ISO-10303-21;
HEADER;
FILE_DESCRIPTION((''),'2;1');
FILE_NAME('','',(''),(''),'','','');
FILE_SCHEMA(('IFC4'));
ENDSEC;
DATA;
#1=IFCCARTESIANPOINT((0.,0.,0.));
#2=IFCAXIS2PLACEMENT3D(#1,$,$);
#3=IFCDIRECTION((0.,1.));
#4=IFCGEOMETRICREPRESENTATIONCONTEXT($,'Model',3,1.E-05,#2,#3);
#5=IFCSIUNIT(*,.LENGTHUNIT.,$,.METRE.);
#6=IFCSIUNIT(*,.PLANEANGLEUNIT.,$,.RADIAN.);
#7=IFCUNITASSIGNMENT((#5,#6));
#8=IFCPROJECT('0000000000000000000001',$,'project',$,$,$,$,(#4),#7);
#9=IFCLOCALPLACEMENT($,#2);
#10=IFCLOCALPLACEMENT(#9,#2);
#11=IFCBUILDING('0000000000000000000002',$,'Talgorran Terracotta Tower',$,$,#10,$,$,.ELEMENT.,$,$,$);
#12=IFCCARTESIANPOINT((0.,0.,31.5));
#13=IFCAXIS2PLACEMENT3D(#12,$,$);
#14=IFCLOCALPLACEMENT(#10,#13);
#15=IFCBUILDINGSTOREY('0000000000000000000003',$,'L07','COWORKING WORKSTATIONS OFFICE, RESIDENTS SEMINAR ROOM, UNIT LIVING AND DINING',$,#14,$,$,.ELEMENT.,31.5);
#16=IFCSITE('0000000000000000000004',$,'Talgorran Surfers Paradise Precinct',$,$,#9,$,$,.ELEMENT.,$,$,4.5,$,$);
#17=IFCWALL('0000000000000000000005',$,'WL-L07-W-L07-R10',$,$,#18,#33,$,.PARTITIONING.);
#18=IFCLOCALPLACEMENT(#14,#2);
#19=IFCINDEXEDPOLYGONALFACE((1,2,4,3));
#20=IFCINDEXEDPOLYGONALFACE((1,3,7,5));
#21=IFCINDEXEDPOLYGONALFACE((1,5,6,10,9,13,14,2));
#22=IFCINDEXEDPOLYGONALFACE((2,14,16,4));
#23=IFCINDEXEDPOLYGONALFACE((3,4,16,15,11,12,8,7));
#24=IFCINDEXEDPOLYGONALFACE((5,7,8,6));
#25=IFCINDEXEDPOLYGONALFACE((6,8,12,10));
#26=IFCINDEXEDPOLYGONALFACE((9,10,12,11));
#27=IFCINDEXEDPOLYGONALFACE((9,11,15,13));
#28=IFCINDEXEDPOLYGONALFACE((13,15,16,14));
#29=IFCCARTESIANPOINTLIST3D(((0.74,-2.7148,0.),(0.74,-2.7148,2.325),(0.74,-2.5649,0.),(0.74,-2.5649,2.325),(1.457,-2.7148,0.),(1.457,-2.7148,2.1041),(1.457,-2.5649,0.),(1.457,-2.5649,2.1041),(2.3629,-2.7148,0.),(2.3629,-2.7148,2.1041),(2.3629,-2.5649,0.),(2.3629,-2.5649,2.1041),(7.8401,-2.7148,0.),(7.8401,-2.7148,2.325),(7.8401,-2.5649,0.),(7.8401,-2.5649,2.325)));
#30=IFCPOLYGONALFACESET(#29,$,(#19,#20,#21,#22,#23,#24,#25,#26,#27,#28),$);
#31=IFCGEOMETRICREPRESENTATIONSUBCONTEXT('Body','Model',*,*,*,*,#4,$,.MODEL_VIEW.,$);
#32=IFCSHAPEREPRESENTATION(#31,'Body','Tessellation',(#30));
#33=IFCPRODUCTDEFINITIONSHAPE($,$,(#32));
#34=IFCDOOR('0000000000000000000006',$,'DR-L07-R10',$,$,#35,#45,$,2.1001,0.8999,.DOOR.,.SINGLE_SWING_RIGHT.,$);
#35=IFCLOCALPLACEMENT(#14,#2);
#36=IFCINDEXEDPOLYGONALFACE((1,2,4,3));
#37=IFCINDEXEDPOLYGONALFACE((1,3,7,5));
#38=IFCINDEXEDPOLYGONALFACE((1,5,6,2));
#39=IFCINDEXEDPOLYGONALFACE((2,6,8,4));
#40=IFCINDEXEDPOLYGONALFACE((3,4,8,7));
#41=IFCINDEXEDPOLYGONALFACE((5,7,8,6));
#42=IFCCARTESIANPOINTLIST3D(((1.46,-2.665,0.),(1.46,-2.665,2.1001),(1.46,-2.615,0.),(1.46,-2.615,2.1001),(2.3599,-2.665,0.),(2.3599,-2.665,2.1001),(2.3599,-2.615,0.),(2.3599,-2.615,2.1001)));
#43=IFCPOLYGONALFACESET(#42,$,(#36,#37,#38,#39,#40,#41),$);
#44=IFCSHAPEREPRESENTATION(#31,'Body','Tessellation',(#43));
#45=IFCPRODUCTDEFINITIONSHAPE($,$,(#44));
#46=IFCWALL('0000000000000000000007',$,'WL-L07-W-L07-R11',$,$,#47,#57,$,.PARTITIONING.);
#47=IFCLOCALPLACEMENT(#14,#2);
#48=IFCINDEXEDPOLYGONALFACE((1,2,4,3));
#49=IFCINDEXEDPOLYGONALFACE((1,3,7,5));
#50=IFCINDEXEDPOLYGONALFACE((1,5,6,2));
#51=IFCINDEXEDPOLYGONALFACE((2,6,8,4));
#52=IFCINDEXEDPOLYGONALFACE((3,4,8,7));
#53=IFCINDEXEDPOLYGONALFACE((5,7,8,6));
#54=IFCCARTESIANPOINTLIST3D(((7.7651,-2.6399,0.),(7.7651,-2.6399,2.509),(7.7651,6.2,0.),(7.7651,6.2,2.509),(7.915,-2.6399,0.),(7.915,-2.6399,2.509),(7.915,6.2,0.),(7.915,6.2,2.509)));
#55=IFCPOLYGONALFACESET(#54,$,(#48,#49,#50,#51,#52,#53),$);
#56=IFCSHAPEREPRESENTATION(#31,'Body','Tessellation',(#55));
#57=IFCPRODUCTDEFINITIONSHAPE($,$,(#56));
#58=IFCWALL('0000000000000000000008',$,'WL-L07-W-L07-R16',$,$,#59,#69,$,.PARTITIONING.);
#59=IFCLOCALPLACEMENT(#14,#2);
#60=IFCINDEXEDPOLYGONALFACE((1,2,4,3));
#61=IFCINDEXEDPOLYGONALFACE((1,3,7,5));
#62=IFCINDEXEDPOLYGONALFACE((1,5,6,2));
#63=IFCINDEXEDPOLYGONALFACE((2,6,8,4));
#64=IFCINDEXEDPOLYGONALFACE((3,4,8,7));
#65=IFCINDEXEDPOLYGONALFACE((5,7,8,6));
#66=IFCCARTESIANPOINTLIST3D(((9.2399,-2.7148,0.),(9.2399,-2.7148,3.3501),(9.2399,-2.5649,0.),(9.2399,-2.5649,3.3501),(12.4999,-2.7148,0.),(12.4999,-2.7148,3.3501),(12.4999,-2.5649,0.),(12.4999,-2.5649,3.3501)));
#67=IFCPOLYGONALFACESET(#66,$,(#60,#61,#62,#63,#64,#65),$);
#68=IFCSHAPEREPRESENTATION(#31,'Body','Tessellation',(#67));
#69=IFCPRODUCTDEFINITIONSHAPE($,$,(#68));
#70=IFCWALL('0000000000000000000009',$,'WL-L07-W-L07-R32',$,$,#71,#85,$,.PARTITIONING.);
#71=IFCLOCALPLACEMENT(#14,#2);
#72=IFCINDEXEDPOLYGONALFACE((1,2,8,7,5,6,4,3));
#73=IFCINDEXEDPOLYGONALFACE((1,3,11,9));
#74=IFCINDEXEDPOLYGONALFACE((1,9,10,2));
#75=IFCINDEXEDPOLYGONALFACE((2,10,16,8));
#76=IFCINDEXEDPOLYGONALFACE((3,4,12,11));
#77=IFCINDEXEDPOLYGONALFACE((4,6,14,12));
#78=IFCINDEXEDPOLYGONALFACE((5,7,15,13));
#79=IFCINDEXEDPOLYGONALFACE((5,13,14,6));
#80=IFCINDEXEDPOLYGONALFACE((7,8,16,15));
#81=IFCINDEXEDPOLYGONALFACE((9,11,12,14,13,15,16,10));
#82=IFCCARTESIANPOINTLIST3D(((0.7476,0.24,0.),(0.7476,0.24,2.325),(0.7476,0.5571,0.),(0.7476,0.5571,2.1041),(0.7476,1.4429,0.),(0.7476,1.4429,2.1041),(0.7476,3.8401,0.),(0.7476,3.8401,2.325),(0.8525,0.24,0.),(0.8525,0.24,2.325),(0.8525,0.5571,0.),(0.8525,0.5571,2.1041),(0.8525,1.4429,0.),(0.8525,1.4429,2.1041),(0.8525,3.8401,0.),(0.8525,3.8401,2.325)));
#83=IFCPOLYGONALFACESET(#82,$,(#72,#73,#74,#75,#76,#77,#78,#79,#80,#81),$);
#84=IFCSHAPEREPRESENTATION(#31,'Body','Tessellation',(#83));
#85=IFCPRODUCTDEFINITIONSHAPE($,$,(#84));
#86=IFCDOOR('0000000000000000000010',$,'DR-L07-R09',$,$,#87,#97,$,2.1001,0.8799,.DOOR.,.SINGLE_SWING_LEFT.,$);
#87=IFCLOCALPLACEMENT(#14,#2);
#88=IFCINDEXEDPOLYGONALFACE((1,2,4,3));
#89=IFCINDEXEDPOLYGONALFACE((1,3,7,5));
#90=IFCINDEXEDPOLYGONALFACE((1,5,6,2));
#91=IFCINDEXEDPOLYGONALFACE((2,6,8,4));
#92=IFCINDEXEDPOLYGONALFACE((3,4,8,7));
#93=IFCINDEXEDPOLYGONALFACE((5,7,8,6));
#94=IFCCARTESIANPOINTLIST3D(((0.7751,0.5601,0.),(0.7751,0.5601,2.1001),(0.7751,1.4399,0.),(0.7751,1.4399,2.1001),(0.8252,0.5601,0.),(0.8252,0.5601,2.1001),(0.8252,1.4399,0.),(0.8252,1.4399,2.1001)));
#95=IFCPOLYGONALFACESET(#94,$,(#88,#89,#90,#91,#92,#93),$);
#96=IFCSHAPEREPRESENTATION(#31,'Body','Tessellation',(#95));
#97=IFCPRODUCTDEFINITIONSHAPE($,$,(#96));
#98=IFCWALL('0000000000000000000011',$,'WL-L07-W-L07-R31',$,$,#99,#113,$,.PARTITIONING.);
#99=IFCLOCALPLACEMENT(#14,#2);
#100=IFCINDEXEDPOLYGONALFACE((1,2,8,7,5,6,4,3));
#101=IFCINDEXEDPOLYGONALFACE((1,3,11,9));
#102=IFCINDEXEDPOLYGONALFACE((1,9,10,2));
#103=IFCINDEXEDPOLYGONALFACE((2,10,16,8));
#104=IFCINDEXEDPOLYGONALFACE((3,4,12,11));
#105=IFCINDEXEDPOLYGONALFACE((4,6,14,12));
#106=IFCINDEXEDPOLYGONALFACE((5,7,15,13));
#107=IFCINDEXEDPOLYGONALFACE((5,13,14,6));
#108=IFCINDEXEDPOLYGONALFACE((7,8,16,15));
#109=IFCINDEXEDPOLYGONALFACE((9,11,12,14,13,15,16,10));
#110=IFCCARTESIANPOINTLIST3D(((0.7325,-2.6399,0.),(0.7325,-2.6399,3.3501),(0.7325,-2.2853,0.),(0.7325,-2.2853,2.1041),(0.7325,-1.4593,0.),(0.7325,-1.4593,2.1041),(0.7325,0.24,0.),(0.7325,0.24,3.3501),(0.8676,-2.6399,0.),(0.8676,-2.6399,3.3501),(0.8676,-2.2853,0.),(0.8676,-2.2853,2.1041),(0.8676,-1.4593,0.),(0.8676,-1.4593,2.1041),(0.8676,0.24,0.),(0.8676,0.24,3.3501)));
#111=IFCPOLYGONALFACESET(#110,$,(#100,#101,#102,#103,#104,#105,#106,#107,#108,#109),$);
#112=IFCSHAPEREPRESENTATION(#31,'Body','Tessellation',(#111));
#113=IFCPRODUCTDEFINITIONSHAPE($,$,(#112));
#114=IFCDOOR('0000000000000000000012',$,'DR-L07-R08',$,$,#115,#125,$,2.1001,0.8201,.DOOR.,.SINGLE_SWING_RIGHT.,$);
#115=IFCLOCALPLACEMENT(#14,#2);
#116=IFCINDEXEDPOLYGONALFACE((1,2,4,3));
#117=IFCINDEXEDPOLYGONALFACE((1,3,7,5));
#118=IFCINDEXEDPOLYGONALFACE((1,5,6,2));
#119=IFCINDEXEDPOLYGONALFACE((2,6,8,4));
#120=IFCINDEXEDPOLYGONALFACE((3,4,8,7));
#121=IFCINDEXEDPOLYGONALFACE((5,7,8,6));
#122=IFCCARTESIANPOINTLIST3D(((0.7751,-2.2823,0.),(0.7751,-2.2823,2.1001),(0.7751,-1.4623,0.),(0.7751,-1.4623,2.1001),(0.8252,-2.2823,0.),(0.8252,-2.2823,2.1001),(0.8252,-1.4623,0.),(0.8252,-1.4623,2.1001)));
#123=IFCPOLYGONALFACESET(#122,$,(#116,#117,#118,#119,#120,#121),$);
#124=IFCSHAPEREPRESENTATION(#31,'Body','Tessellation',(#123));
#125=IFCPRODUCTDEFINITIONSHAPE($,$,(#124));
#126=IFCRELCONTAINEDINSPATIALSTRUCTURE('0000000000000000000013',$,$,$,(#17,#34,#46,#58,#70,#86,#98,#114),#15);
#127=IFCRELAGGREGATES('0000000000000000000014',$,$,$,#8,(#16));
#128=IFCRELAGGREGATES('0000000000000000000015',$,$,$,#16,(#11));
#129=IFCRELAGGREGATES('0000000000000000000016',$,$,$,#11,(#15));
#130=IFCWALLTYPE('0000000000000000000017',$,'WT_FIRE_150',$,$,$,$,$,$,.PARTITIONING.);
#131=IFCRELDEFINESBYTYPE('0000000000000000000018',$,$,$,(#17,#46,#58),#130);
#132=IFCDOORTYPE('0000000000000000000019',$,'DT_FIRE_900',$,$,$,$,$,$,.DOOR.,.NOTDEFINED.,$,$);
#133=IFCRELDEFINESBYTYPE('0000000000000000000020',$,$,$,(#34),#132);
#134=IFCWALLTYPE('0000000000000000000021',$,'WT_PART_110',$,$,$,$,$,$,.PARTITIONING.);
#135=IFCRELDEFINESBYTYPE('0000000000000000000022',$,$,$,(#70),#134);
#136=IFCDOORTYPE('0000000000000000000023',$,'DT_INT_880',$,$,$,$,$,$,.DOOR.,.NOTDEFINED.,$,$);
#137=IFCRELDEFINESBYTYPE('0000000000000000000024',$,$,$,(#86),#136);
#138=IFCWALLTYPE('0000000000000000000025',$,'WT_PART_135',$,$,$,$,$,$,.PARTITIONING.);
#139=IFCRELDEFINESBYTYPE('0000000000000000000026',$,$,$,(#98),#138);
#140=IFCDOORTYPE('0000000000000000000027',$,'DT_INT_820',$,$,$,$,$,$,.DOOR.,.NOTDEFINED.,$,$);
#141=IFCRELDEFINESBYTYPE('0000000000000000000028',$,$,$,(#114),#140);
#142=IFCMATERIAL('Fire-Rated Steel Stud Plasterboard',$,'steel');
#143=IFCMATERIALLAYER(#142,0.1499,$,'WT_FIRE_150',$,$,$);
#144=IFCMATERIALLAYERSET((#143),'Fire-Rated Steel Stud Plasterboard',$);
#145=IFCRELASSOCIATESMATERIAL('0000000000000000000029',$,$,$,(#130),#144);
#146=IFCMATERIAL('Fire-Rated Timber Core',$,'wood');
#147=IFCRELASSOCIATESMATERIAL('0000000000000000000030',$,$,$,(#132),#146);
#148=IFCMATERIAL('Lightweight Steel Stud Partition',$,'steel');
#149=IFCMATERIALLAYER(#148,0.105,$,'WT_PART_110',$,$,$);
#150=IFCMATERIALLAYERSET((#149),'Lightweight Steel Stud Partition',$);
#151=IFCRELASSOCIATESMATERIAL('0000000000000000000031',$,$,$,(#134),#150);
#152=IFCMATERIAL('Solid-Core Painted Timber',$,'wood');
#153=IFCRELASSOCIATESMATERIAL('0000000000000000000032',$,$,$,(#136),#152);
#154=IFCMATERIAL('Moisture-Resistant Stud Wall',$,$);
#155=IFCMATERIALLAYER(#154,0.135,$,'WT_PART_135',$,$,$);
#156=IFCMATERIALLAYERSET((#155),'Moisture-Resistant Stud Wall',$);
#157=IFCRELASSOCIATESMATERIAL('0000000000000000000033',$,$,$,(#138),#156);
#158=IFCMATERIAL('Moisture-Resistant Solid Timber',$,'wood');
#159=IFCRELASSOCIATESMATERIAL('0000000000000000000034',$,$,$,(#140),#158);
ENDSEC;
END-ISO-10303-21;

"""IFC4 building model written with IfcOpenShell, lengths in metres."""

from ifc_helpers import new_model, si_unit, direction, frame, frame_2d, origin, place, context, subcontext, project, spatial, rectangle, extrude, material, layer, layer_set, type_object, element, fill, save


model = new_model("IFC4")

# Units and contexts
model_context = context("Model", 3, precision=1e-05, world=origin(), true_north=direction((0.0, 1.0)))
body_context = subcontext(model_context, "Body", "Model", "MODEL_VIEW")
ifc_project = project(units=[si_unit("LENGTHUNIT", "METRE"), si_unit("PLANEANGLEUNIT", "RADIAN")], contexts=[model_context])

# Site, building, storey
site_placement = place(None, origin())
site = spatial("IfcSite", under=ifc_project, at=site_placement, Name="Talgorran Surfers Paradise Precinct", CompositionType="ELEMENT", RefElevation=4.5)
building_placement = place(site_placement, origin())
building = spatial("IfcBuilding", under=site, at=building_placement, Name="Talgorran Terracotta Tower", CompositionType="ELEMENT")
storey_placement = place(building_placement, frame((0.0, 0.0, 31.5)))
storey = spatial("IfcBuildingStorey", under=building, at=storey_placement, Name="L07", Description="COWORKING WORKSTATIONS OFFICE, RESIDENTS SEMINAR ROOM, UNIT LIVING AND DINING", CompositionType="ELEMENT", Elevation=31.5)

# Wall, opening, door
ifc_material_1 = material(Name="Fire-Rated Steel Stud Plasterboard", Category="steel")
ifc_layer_1 = layer(ifc_material_1, 0.1499, Name="WT_FIRE_150")
ifc_layer_set_1 = layer_set([ifc_layer_1], Name="Fire-Rated Steel Stud Plasterboard")
wall_type_1 = type_object("IfcWallType", Name="WT_FIRE_150", PredefinedType="PARTITIONING", material=ifc_layer_set_1)
ifc_material_2 = material(Name="Fire-Rated Timber Core", Category="wood")
door_type_1 = type_object("IfcDoorType", Name="DT_FIRE_900", OperationType="NOTDEFINED", PredefinedType="DOOR", material=ifc_material_2)
wall_1_placement = place(storey_placement, frame((0.74, -2.6399, 0.0), z_axis=(0.0, 0.0, 1.0), x_axis=(1.0, 0.0, 0.0)))
wall_1 = element("IfcWall", 1, at=wall_1_placement, inside=storey, type_object=wall_type_1, Name="WL-L07-W-L07-R10", PredefinedType="PARTITIONING", context=body_context, shape_type="SweptSolid", body=[
    extrude(rectangle(XDim=7.1001, YDim=0.1499, at=frame_2d((3.55, 0.0))), origin(), (0.0, 0.0, 1.0), 2.325),
])
opening_1_placement = place(wall_1_placement, frame((0.72, 0.0, 0.0)))
opening_1 = element("IfcOpeningElement", 2, at=opening_1_placement, cuts=wall_1, PredefinedType="OPENING", context=body_context, shape_type="SweptSolid", body=[
    extrude(rectangle(XDim=0.9059, YDim=2.1041, at=frame_2d((0.45, 1.052))), frame((0.0, 0.085, 0.0), z_axis=(0.0, -1.0, 0.0), x_axis=(1.0, 0.0, 0.0)), (0.0, 0.0, 1.0), 0.1699),
])
door_1_placement = place(opening_1_placement, origin())
door_1 = element("IfcDoor", 3, at=door_1_placement, inside=storey, type_object=door_type_1, Name="DR-L07-R10", OperationType="SINGLE_SWING_RIGHT", OverallHeight=2.1001, OverallWidth=0.8999, PredefinedType="DOOR", context=body_context, shape_type="SweptSolid", body=[
    extrude(rectangle(XDim=0.8999, YDim=2.1001, at=frame_2d((0.45, 1.05))), frame((0.0, 0.0249, 0.0), z_axis=(0.0, -1.0, 0.0), x_axis=(1.0, 0.0, 0.0)), (0.0, 0.0, 1.0), 0.05),
])
fill(opening_1, door_1)

# Walls
wall_2_placement = place(storey_placement, frame((7.8401, -2.6399, 0.0), z_axis=(0.0, 0.0, 1.0), x_axis=(0.0, 1.0, 0.0)))
element("IfcWall", 4, at=wall_2_placement, inside=storey, type_object=wall_type_1, Name="WL-L07-W-L07-R11", PredefinedType="PARTITIONING", context=body_context, shape_type="SweptSolid", body=[
    extrude(rectangle(XDim=8.8398, YDim=0.1499, at=frame_2d((4.4199, 0.0))), origin(), (0.0, 0.0, 1.0), 2.509),
])
wall_3_placement = place(storey_placement, frame((9.24, -2.6399, 0.0), z_axis=(0.0, 0.0, 1.0), x_axis=(1.0, 0.0, 0.0)))
element("IfcWall", 5, at=wall_3_placement, inside=storey, type_object=wall_type_1, Name="WL-L07-W-L07-R16", PredefinedType="PARTITIONING", context=body_context, shape_type="SweptSolid", body=[
    extrude(rectangle(XDim=3.26, YDim=0.1499, at=frame_2d((1.6299, 0.0))), origin(), (0.0, 0.0, 1.0), 3.3501),
])

# Walls, openings, doors
ifc_material_3 = material(Name="Lightweight Steel Stud Partition", Category="steel")
ifc_layer_2 = layer(ifc_material_3, 0.105, Name="WT_PART_110")
ifc_layer_set_2 = layer_set([ifc_layer_2], Name="Lightweight Steel Stud Partition")
wall_type_2 = type_object("IfcWallType", Name="WT_PART_110", PredefinedType="PARTITIONING", material=ifc_layer_set_2)
wall_4_placement = place(storey_placement, frame((0.8, 0.24, 0.0), z_axis=(0.0, 0.0, 1.0), x_axis=(0.0, 1.0, 0.0)))
wall_4 = element("IfcWall", 6, at=wall_4_placement, inside=storey, type_object=wall_type_2, Name="WL-L07-W-L07-R32", PredefinedType="PARTITIONING", context=body_context, shape_type="SweptSolid", body=[
    extrude(rectangle(XDim=3.6001, YDim=0.105, at=frame_2d((1.8, 0.0))), origin(), (0.0, 0.0, 1.0), 2.325),
])
opening_2_placement = place(wall_4_placement, frame((0.3201, 0.0, 0.0)))
opening_2 = element("IfcOpeningElement", 7, at=opening_2_placement, cuts=wall_4, PredefinedType="OPENING", context=body_context, shape_type="SweptSolid", body=[
    extrude(rectangle(XDim=0.8859, YDim=2.1041, at=frame_2d((0.4399, 1.052))), frame((0.0, 0.0625, 0.0), z_axis=(0.0, -1.0, 0.0), x_axis=(1.0, 0.0, 0.0)), (0.0, 0.0, 1.0), 0.125),
])
ifc_material_4 = material(Name="Solid-Core Painted Timber", Category="wood")
door_type_2 = type_object("IfcDoorType", Name="DT_INT_880", OperationType="NOTDEFINED", PredefinedType="DOOR", material=ifc_material_4)
door_2_placement = place(opening_2_placement, origin())
door_2 = element("IfcDoor", 8, at=door_2_placement, inside=storey, type_object=door_type_2, Name="DR-L07-R09", OperationType="SINGLE_SWING_LEFT", OverallHeight=2.1001, OverallWidth=0.8799, PredefinedType="DOOR", context=body_context, shape_type="SweptSolid", body=[
    extrude(rectangle(XDim=0.8799, YDim=2.1001, at=frame_2d((0.4399, 1.05))), frame((0.0, 0.0249, 0.0), z_axis=(0.0, -1.0, 0.0), x_axis=(1.0, 0.0, 0.0)), (0.0, 0.0, 1.0), 0.05),
])
fill(opening_2, door_2)
ifc_material_5 = material(Name="Moisture-Resistant Stud Wall")
ifc_layer_3 = layer(ifc_material_5, 0.135, Name="WT_PART_135")
ifc_layer_set_3 = layer_set([ifc_layer_3], Name="Moisture-Resistant Stud Wall")
wall_type_3 = type_object("IfcWallType", Name="WT_PART_135", PredefinedType="PARTITIONING", material=ifc_layer_set_3)
wall_5_placement = place(storey_placement, frame((0.8, -2.6399, 0.0), z_axis=(0.0, 0.0, 1.0), x_axis=(0.0, 1.0, 0.0)))
wall_5 = element("IfcWall", 9, at=wall_5_placement, inside=storey, type_object=wall_type_3, Name="WL-L07-W-L07-R31", PredefinedType="PARTITIONING", context=body_context, shape_type="SweptSolid", body=[
    extrude(rectangle(XDim=2.8799, YDim=0.135, at=frame_2d((1.4399, 0.0))), origin(), (0.0, 0.0, 1.0), 3.3501),
])
opening_3_placement = place(wall_5_placement, frame((0.3574, 0.0, 0.0)))
opening_3 = element("IfcOpeningElement", 10, at=opening_3_placement, cuts=wall_5, PredefinedType="OPENING", context=body_context, shape_type="SweptSolid", body=[
    extrude(rectangle(XDim=0.8261, YDim=2.1041, at=frame_2d((0.4102, 1.052))), frame((0.0, 0.0776, 0.0), z_axis=(0.0, -1.0, 0.0), x_axis=(1.0, 0.0, 0.0)), (0.0, 0.0, 1.0), 0.155),
])
ifc_material_6 = material(Name="Moisture-Resistant Solid Timber", Category="wood")
door_type_3 = type_object("IfcDoorType", Name="DT_INT_820", OperationType="NOTDEFINED", PredefinedType="DOOR", material=ifc_material_6)
door_3_placement = place(opening_3_placement, origin())
door_3 = element("IfcDoor", 11, at=door_3_placement, inside=storey, type_object=door_type_3, Name="DR-L07-R08", OperationType="SINGLE_SWING_RIGHT", OverallHeight=2.1001, OverallWidth=0.8201, PredefinedType="DOOR", context=body_context, shape_type="SweptSolid", body=[
    extrude(rectangle(XDim=0.8201, YDim=2.1001, at=frame_2d((0.4102, 1.05))), frame((0.0, 0.0249, 0.0), z_axis=(0.0, -1.0, 0.0), x_axis=(1.0, 0.0, 0.0)), (0.0, 0.0, 1.0), 0.05),
])
fill(opening_3, door_3)

save(model, "model.ifc")
